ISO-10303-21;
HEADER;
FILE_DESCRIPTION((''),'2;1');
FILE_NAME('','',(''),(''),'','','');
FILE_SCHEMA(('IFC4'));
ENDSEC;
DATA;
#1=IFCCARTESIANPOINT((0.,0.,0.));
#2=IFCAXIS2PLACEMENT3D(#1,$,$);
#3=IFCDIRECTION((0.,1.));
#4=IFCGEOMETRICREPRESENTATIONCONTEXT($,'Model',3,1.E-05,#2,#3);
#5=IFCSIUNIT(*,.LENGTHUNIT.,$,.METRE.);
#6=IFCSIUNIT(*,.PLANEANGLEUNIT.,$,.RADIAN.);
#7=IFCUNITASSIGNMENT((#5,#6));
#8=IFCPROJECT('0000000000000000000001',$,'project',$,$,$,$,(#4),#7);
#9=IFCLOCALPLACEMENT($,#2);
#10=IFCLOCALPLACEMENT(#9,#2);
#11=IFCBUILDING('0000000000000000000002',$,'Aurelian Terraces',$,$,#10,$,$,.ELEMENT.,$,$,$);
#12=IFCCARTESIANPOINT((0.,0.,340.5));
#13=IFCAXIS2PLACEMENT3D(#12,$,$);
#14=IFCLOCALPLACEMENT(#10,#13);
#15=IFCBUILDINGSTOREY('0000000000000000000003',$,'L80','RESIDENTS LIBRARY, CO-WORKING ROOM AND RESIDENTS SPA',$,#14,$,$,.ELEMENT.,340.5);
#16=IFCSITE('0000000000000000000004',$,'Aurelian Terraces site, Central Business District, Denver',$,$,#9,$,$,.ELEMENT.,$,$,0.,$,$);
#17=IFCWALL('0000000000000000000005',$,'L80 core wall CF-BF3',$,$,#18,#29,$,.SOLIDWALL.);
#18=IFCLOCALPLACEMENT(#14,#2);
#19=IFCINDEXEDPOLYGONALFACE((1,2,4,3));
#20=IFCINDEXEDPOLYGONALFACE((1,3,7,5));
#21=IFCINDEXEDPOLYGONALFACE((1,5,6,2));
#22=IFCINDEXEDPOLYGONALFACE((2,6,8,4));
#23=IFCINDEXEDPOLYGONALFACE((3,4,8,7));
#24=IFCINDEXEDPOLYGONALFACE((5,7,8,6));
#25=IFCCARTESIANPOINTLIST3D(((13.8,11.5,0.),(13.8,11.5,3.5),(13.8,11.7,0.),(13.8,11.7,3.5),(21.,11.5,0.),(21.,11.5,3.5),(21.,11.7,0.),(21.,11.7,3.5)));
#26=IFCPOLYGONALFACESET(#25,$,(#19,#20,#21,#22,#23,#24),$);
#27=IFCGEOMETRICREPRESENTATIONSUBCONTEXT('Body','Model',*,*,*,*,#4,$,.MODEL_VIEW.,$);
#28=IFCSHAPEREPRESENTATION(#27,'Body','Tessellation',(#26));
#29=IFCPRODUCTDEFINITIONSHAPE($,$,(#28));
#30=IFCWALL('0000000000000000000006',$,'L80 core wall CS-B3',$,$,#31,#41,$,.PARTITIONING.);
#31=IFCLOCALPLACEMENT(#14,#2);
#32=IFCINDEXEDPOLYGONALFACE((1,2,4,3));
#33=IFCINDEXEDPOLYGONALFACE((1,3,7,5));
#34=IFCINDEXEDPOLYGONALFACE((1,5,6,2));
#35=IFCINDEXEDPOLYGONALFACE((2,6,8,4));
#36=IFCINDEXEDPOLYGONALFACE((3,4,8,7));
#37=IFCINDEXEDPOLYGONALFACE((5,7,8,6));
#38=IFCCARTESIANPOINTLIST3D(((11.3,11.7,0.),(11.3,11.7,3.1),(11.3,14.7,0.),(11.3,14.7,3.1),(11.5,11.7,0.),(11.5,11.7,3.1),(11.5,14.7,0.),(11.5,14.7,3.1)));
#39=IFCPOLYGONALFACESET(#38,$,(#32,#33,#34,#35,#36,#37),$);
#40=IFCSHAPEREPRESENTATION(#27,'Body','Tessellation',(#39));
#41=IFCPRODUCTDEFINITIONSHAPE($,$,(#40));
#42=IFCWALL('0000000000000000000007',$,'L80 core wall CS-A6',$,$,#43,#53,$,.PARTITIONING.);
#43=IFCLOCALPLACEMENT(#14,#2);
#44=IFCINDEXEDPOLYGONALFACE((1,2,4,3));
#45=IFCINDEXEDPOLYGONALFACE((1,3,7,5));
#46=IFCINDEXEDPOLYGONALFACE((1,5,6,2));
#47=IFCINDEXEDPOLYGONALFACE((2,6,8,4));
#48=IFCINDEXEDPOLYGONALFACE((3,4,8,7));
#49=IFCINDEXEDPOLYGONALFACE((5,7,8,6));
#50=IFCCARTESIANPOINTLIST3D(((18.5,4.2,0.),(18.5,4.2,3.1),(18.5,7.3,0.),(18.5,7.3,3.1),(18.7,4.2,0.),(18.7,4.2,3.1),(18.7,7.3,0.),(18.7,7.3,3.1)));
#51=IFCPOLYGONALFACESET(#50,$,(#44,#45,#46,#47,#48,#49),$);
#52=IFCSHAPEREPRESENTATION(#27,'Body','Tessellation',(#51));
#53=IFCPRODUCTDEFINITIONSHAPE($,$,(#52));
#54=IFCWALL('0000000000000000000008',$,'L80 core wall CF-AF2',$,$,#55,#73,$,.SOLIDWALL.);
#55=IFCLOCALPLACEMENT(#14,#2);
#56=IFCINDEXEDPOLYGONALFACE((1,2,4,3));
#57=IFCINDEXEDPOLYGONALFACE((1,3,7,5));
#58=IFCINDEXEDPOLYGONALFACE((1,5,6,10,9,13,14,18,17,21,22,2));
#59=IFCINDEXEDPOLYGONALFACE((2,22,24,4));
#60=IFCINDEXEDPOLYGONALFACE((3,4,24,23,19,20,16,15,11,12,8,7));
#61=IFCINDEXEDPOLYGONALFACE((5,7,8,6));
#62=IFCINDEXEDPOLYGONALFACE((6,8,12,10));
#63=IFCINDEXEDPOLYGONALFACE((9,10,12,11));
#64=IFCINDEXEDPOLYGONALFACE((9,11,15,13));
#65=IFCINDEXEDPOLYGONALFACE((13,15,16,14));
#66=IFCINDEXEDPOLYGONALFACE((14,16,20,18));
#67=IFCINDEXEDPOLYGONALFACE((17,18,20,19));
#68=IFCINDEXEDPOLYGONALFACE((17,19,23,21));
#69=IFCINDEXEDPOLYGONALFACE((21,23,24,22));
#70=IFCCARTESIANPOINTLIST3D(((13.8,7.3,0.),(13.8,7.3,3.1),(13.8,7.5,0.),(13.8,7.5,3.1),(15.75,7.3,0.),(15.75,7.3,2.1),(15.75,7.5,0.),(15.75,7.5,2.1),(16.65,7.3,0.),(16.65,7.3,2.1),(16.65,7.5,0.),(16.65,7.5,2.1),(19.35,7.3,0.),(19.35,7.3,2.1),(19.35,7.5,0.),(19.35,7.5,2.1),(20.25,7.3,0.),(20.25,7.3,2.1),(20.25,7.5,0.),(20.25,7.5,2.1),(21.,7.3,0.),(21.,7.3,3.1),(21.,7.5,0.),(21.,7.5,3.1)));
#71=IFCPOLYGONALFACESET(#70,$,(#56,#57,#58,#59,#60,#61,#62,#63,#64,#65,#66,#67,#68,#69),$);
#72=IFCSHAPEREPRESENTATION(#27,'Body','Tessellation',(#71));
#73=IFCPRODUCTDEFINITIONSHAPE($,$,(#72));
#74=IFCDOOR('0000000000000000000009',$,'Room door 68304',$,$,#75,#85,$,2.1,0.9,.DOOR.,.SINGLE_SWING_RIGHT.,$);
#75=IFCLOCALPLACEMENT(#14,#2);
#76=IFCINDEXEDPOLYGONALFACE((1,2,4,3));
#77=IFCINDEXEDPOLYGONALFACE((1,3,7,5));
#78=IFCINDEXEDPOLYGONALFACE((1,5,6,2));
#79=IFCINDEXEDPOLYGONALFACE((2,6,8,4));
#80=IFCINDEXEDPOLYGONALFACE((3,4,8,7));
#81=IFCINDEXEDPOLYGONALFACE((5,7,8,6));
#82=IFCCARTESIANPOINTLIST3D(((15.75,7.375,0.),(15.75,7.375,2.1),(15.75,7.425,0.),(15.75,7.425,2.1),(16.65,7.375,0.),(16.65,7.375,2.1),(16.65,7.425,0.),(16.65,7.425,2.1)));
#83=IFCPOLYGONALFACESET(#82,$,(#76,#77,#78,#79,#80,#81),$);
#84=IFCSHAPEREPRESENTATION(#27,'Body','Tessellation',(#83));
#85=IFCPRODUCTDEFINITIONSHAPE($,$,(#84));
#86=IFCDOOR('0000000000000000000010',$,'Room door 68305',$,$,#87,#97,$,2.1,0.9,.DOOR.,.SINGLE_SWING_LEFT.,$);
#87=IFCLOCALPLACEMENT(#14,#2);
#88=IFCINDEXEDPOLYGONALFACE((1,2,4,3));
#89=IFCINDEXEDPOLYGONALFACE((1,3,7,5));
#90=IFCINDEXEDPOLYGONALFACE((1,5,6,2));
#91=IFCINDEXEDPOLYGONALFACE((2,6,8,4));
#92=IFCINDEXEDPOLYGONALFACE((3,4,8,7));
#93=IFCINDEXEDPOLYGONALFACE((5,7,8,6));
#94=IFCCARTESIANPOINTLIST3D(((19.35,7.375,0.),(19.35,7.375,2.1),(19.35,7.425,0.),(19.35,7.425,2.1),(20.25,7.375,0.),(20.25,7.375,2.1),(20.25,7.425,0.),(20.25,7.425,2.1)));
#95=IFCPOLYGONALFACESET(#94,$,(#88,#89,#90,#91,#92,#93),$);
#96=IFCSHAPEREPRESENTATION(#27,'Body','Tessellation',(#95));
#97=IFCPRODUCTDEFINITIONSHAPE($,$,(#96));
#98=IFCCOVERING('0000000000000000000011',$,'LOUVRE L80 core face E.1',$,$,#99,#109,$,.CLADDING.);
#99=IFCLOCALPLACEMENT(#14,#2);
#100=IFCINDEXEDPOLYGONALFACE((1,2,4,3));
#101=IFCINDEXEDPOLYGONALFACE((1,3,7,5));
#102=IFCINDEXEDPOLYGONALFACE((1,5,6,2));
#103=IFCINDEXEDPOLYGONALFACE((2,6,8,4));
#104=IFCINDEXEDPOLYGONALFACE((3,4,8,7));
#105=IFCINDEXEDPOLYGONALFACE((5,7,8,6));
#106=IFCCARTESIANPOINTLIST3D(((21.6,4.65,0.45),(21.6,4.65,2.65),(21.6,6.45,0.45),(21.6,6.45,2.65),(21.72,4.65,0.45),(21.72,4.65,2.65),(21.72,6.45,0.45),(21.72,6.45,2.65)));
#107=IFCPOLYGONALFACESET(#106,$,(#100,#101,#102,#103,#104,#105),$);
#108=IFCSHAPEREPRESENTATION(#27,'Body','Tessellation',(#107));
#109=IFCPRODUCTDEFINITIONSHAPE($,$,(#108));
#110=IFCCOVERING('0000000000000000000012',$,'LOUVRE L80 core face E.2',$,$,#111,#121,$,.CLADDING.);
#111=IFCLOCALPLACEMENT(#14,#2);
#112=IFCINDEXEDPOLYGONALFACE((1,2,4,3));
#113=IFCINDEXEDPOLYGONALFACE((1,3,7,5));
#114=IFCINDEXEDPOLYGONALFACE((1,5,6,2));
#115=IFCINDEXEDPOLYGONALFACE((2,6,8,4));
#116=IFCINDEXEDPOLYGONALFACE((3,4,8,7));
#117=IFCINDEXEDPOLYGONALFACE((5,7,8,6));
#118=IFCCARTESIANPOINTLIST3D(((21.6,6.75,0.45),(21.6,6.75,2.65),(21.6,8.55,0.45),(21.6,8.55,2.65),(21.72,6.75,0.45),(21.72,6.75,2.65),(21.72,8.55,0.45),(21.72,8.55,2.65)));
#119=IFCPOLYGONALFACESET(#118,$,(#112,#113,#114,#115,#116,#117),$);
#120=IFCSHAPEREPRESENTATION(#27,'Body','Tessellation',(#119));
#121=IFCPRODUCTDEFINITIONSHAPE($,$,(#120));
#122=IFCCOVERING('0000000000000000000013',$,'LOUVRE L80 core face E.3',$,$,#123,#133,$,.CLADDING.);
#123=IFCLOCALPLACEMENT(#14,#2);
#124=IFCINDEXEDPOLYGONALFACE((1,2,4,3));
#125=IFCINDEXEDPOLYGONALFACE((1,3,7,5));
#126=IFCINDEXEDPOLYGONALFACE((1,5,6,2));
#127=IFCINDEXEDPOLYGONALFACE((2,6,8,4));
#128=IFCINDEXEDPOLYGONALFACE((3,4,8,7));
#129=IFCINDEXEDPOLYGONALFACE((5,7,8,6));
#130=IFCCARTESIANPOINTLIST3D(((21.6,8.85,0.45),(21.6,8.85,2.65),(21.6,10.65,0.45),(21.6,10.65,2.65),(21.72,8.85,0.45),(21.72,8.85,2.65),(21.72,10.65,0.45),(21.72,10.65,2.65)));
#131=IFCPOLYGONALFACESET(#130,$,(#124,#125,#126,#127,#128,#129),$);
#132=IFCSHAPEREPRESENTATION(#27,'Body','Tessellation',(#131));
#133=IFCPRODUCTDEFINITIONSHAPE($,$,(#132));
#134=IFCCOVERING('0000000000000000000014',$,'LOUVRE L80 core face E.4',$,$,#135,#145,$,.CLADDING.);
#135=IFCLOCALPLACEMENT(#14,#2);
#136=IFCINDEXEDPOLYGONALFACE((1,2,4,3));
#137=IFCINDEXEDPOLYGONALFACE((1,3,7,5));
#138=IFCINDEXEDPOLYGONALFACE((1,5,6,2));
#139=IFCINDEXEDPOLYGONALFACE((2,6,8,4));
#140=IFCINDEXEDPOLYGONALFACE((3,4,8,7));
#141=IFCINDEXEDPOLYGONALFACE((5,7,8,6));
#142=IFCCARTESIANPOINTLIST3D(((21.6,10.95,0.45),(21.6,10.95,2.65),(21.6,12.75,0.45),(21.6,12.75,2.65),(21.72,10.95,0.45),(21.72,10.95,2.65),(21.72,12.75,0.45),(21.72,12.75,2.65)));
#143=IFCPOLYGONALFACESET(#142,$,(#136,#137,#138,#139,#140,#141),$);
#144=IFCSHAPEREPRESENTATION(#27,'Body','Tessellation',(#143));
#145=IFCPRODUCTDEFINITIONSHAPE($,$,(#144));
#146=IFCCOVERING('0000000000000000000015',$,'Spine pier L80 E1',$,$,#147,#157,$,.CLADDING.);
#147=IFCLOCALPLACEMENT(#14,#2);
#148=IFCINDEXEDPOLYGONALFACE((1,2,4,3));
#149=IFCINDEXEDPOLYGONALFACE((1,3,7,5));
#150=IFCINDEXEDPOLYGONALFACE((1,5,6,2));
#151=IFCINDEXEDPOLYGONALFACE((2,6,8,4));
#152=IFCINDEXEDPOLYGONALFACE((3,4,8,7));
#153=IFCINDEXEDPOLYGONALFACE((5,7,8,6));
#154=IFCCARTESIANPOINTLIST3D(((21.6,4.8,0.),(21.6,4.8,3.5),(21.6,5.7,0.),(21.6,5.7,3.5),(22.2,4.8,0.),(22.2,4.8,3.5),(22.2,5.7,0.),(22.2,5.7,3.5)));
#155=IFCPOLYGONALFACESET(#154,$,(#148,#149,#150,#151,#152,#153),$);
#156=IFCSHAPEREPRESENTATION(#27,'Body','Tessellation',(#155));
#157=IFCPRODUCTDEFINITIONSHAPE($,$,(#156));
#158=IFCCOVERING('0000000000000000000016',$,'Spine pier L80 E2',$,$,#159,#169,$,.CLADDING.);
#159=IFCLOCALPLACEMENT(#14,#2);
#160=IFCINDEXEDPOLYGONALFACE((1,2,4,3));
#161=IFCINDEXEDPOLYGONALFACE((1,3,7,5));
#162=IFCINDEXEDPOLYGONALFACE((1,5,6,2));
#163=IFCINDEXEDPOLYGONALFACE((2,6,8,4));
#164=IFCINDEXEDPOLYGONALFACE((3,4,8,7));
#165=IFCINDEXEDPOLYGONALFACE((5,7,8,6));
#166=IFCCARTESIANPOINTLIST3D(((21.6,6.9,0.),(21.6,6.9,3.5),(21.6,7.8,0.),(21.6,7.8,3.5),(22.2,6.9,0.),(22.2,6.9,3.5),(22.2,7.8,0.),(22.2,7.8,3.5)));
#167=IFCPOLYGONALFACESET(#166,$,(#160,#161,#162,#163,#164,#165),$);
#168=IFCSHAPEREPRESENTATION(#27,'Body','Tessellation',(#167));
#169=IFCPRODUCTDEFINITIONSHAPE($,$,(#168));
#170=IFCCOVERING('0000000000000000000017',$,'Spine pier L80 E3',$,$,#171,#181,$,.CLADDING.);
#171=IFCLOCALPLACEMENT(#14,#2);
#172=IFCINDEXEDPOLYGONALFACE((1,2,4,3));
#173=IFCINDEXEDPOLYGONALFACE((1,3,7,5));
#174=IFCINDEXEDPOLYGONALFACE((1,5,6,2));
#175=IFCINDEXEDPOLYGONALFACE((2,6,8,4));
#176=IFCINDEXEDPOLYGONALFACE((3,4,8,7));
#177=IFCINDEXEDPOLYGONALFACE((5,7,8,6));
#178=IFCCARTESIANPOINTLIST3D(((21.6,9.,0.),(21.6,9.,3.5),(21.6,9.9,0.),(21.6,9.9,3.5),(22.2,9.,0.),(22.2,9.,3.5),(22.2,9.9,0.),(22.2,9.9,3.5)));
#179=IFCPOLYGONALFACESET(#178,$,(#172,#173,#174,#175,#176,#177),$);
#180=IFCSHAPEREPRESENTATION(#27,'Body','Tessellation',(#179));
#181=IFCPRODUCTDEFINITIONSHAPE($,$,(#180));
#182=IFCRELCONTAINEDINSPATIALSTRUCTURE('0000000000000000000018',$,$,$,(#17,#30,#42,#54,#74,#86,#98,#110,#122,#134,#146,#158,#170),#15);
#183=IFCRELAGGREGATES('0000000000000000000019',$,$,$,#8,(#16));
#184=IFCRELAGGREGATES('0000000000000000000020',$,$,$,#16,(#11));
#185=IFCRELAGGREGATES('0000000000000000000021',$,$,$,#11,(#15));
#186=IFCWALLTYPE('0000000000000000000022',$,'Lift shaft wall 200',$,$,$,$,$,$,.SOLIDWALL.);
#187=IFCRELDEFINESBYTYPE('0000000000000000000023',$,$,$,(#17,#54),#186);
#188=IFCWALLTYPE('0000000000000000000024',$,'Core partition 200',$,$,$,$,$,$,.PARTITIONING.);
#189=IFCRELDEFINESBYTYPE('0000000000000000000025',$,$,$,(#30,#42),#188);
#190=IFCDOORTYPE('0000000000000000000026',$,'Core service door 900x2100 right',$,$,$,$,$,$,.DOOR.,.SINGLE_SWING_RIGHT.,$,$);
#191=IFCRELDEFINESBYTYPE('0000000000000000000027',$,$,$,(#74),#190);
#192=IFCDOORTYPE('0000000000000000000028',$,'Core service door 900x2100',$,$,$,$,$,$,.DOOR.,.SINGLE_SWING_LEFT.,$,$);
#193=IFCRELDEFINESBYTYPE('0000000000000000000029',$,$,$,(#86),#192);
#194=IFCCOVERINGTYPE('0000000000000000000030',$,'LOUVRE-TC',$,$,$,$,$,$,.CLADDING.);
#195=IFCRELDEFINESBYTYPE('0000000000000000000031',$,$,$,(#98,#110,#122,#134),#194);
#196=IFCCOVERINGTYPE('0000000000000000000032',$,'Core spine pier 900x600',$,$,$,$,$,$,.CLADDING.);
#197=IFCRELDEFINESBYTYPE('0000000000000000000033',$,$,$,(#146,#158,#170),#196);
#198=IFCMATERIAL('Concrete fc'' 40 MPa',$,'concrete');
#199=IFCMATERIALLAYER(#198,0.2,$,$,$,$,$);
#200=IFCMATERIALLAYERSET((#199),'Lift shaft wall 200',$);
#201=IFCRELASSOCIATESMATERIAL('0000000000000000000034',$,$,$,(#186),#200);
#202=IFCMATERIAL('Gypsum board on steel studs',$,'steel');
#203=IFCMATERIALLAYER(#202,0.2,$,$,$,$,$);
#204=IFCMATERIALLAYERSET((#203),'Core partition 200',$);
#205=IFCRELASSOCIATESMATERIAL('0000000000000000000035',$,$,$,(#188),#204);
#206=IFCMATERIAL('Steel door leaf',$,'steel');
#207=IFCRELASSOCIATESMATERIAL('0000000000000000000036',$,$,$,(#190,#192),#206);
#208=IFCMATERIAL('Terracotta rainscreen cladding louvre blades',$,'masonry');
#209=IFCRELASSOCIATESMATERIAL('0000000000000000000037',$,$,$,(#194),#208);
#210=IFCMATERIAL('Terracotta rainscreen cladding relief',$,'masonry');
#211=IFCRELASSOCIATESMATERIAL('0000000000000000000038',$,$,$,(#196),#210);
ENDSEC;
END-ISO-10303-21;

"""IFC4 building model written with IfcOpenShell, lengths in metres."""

from ifc_helpers import new_model, si_unit, direction, frame, frame_2d, origin, origin_2d, place, context, subcontext, project, spatial, rectangle, extrude, source, transform, mapped, material, layer, layer_set, type_object, element, fill, save


model = new_model("IFC4")

# Units and contexts
model_context = context("Model", 3, precision=1e-05, world=origin(), true_north=direction((0.0, 1.0)))
body_context = subcontext(model_context, "Body", "Model", "MODEL_VIEW")
ifc_project = project(units=[si_unit("LENGTHUNIT", "METRE"), si_unit("PLANEANGLEUNIT", "RADIAN")], contexts=[model_context])

# Site, building, storey
site_placement = place(None, origin())
site = spatial("IfcSite", under=ifc_project, at=site_placement, Name="Aurelian Terraces site, Central Business District, Denver", CompositionType="ELEMENT", RefElevation=0.0)
building_placement = place(site_placement, origin())
building = spatial("IfcBuilding", under=site, at=building_placement, Name="Aurelian Terraces", CompositionType="ELEMENT")
storey_placement = place(building_placement, frame((0.0, 0.0, 340.5)))
storey = spatial("IfcBuildingStorey", under=building, at=storey_placement, Name="L80", Description="RESIDENTS LIBRARY, CO-WORKING ROOM AND RESIDENTS SPA", CompositionType="ELEMENT", Elevation=340.5)

# Walls
ifc_material_1 = material(Name="Concrete fc' 40 MPa", Category="concrete")
ifc_layer_1 = layer(ifc_material_1, 0.2)
ifc_layer_set_1 = layer_set([ifc_layer_1], Name="Lift shaft wall 200")
wall_type_1 = type_object("IfcWallType", Name="Lift shaft wall 200", PredefinedType="SOLIDWALL", material=ifc_layer_set_1)
shared_shape_1 = source(origin(), body_context, "Body", "SweptSolid", [
    extrude(rectangle(XDim=7.2, YDim=0.2, at=frame_2d((3.6, 0.0))), origin(), (0.0, 0.0, 1.0), 3.5),
])
wall_1_placement = place(storey_placement, frame((13.8, 11.6, 0.0), z_axis=(0.0, 0.0, 1.0), x_axis=(1.0, 0.0, 0.0)))
element("IfcWall", 1, at=wall_1_placement, inside=storey, type_object=wall_type_1, Name="L80 core wall CF-BF3", PredefinedType="SOLIDWALL", context=body_context, shape_type="MappedRepresentation", body=[
    mapped(shared_shape_1, transform((0.0, 0.0, 0.0), scale=1.0)),
])
ifc_material_2 = material(Name="Gypsum board on steel studs", Category="steel")
ifc_layer_2 = layer(ifc_material_2, 0.2)
ifc_layer_set_2 = layer_set([ifc_layer_2], Name="Core partition 200")
wall_type_2 = type_object("IfcWallType", Name="Core partition 200", PredefinedType="PARTITIONING", material=ifc_layer_set_2)
shared_shape_2 = source(origin(), body_context, "Body", "SweptSolid", [
    extrude(rectangle(XDim=3.0, YDim=0.2, at=frame_2d((1.5, 0.0))), origin(), (0.0, 0.0, 1.0), 3.1),
])
wall_2_placement = place(storey_placement, frame((11.4, 11.7, 0.0), z_axis=(0.0, 0.0, 1.0), x_axis=(0.0, 1.0, 0.0)))
element("IfcWall", 2, at=wall_2_placement, inside=storey, type_object=wall_type_2, Name="L80 core wall CS-B3", PredefinedType="PARTITIONING", context=body_context, shape_type="MappedRepresentation", body=[
    mapped(shared_shape_2, transform((0.0, 0.0, 0.0), scale=1.0)),
])
shared_shape_3 = source(origin(), body_context, "Body", "SweptSolid", [
    extrude(rectangle(XDim=3.1, YDim=0.2, at=frame_2d((1.55, 0.0))), origin(), (0.0, 0.0, 1.0), 3.1),
])
wall_3_placement = place(storey_placement, frame((18.6, 4.2, 0.0), z_axis=(0.0, 0.0, 1.0), x_axis=(0.0, 1.0, 0.0)))
element("IfcWall", 3, at=wall_3_placement, inside=storey, type_object=wall_type_2, Name="L80 core wall CS-A6", PredefinedType="PARTITIONING", context=body_context, shape_type="MappedRepresentation", body=[
    mapped(shared_shape_3, transform((0.0, 0.0, 0.0), scale=1.0)),
])

# Wall, openings, doors
shared_shape_4 = source(origin(), body_context, "Body", "SweptSolid", [
    extrude(rectangle(XDim=7.2, YDim=0.2, at=frame_2d((3.6, 0.0))), origin(), (0.0, 0.0, 1.0), 3.1),
])
wall_4_placement = place(storey_placement, frame((13.8, 7.4, 0.0), z_axis=(0.0, 0.0, 1.0), x_axis=(1.0, 0.0, 0.0)))
wall_4 = element("IfcWall", 4, at=wall_4_placement, inside=storey, type_object=wall_type_1, Name="L80 core wall CF-AF2", PredefinedType="SOLIDWALL", context=body_context, shape_type="MappedRepresentation", body=[
    mapped(shared_shape_4, transform((0.0, 0.0, 0.0), scale=1.0)),
])
shared_shape_5 = source(origin(), body_context, "Body", "SweptSolid", [
    extrude(rectangle(XDim=0.9, YDim=2.1, at=frame_2d((0.45, 1.05))), frame((0.0, 0.11, 0.0), z_axis=(0.0, -1.0, 0.0), x_axis=(1.0, 0.0, 0.0)), (0.0, 0.0, 1.0), 0.22),
])
opening_1_placement = place(wall_4_placement, frame((1.95, 0.0, 0.0)))
opening_1 = element("IfcOpeningElement", 5, at=opening_1_placement, cuts=wall_4, PredefinedType="OPENING", context=body_context, shape_type="MappedRepresentation", body=[
    mapped(shared_shape_5, transform((0.0, 0.0, 0.0), scale=1.0)),
])
opening_2_placement = place(wall_4_placement, frame((5.55, 0.0, 0.0)))
opening_2 = element("IfcOpeningElement", 6, at=opening_2_placement, cuts=wall_4, PredefinedType="OPENING", context=body_context, shape_type="MappedRepresentation", body=[
    mapped(shared_shape_5, transform((0.0, 0.0, 0.0), scale=1.0)),
])
ifc_material_3 = material(Name="Steel door leaf", Category="steel")
door_type_1 = type_object("IfcDoorType", Name="Core service door 900x2100 right", OperationType="SINGLE_SWING_RIGHT", PredefinedType="DOOR", material=ifc_material_3)
shared_shape_6 = source(origin(), body_context, "Body", "SweptSolid", [
    extrude(rectangle(XDim=0.9, YDim=2.1, at=frame_2d((0.45, 1.05))), frame((0.0, 0.025, 0.0), z_axis=(0.0, -1.0, 0.0), x_axis=(1.0, 0.0, 0.0)), (0.0, 0.0, 1.0), 0.05),
])
door_1_placement = place(opening_1_placement, origin())
door_1 = element("IfcDoor", 7, at=door_1_placement, inside=storey, type_object=door_type_1, Name="Room door 68304", OperationType="SINGLE_SWING_RIGHT", OverallHeight=2.1, OverallWidth=0.9, PredefinedType="DOOR", context=body_context, shape_type="MappedRepresentation", body=[
    mapped(shared_shape_6, transform((0.0, 0.0, 0.0), scale=1.0)),
])
fill(opening_1, door_1)
door_type_2 = type_object("IfcDoorType", Name="Core service door 900x2100", OperationType="SINGLE_SWING_LEFT", PredefinedType="DOOR", material=ifc_material_3)
door_2_placement = place(opening_2_placement, origin())
door_2 = element("IfcDoor", 8, at=door_2_placement, inside=storey, type_object=door_type_2, Name="Room door 68305", OperationType="SINGLE_SWING_LEFT", OverallHeight=2.1, OverallWidth=0.9, PredefinedType="DOOR", context=body_context, shape_type="MappedRepresentation", body=[
    mapped(shared_shape_6, transform((0.0, 0.0, 0.0), scale=1.0)),
])
fill(opening_2, door_2)

# Coverings
ifc_material_4 = material(Name="Terracotta rainscreen cladding louvre blades", Category="masonry")
covering_type_1 = type_object("IfcCoveringType", Name="LOUVRE-TC", PredefinedType="CLADDING", material=ifc_material_4)
shared_shape_7 = source(origin(), body_context, "Body", "SweptSolid", [
    extrude(rectangle(XDim=0.12, YDim=1.8, at=origin_2d()), origin(), (0.0, 0.0, 1.0), 2.2),
])
for number, where, z_axis, x_axis, name in (
    (9, (21.66, 5.55, 0.45), (0.0, 0.0, 1.0), (1.0, 0.0, 0.0), "LOUVRE L80 core face E.1"),
    (10, (21.66, 7.65, 0.45), (0.0, 0.0, 1.0), (1.0, 0.0, 0.0), "LOUVRE L80 core face E.2"),
    (11, (21.66, 9.75, 0.45), (0.0, 0.0, 1.0), (1.0, 0.0, 0.0), "LOUVRE L80 core face E.3"),
    (12, (21.66, 11.85, 0.45), (0.0, 0.0, 1.0), (1.0, 0.0, 0.0), "LOUVRE L80 core face E.4"),
):
    element("IfcCovering", number, at=place(storey_placement, frame(where, z_axis=z_axis, x_axis=x_axis)), inside=storey, type_object=covering_type_1, Name=name, PredefinedType="CLADDING", context=body_context, shape_type="MappedRepresentation", body=[
        mapped(shared_shape_7, transform((0.0, 0.0, 0.0), scale=1.0)),
    ])
ifc_material_5 = material(Name="Terracotta rainscreen cladding relief", Category="masonry")
covering_type_2 = type_object("IfcCoveringType", Name="Core spine pier 900x600", PredefinedType="CLADDING", material=ifc_material_5)
shared_shape_8 = source(origin(), body_context, "Body", "SweptSolid", [
    extrude(rectangle(XDim=0.6, YDim=0.9, at=origin_2d()), origin(), (0.0, 0.0, 1.0), 3.5),
])
for number, where, z_axis, x_axis, name in (
    (13, (21.9, 5.25, 0.0), (0.0, 0.0, 1.0), (1.0, 0.0, 0.0), "Spine pier L80 E1"),
    (14, (21.9, 7.35, 0.0), (0.0, 0.0, 1.0), (1.0, 0.0, 0.0), "Spine pier L80 E2"),
    (15, (21.9, 9.45, 0.0), (0.0, 0.0, 1.0), (1.0, 0.0, 0.0), "Spine pier L80 E3"),
):
    element("IfcCovering", number, at=place(storey_placement, frame(where, z_axis=z_axis, x_axis=x_axis)), inside=storey, type_object=covering_type_2, Name=name, PredefinedType="CLADDING", context=body_context, shape_type="MappedRepresentation", body=[
        mapped(shared_shape_8, transform((0.0, 0.0, 0.0), scale=1.0)),
    ])

save(model, "model.ifc")
